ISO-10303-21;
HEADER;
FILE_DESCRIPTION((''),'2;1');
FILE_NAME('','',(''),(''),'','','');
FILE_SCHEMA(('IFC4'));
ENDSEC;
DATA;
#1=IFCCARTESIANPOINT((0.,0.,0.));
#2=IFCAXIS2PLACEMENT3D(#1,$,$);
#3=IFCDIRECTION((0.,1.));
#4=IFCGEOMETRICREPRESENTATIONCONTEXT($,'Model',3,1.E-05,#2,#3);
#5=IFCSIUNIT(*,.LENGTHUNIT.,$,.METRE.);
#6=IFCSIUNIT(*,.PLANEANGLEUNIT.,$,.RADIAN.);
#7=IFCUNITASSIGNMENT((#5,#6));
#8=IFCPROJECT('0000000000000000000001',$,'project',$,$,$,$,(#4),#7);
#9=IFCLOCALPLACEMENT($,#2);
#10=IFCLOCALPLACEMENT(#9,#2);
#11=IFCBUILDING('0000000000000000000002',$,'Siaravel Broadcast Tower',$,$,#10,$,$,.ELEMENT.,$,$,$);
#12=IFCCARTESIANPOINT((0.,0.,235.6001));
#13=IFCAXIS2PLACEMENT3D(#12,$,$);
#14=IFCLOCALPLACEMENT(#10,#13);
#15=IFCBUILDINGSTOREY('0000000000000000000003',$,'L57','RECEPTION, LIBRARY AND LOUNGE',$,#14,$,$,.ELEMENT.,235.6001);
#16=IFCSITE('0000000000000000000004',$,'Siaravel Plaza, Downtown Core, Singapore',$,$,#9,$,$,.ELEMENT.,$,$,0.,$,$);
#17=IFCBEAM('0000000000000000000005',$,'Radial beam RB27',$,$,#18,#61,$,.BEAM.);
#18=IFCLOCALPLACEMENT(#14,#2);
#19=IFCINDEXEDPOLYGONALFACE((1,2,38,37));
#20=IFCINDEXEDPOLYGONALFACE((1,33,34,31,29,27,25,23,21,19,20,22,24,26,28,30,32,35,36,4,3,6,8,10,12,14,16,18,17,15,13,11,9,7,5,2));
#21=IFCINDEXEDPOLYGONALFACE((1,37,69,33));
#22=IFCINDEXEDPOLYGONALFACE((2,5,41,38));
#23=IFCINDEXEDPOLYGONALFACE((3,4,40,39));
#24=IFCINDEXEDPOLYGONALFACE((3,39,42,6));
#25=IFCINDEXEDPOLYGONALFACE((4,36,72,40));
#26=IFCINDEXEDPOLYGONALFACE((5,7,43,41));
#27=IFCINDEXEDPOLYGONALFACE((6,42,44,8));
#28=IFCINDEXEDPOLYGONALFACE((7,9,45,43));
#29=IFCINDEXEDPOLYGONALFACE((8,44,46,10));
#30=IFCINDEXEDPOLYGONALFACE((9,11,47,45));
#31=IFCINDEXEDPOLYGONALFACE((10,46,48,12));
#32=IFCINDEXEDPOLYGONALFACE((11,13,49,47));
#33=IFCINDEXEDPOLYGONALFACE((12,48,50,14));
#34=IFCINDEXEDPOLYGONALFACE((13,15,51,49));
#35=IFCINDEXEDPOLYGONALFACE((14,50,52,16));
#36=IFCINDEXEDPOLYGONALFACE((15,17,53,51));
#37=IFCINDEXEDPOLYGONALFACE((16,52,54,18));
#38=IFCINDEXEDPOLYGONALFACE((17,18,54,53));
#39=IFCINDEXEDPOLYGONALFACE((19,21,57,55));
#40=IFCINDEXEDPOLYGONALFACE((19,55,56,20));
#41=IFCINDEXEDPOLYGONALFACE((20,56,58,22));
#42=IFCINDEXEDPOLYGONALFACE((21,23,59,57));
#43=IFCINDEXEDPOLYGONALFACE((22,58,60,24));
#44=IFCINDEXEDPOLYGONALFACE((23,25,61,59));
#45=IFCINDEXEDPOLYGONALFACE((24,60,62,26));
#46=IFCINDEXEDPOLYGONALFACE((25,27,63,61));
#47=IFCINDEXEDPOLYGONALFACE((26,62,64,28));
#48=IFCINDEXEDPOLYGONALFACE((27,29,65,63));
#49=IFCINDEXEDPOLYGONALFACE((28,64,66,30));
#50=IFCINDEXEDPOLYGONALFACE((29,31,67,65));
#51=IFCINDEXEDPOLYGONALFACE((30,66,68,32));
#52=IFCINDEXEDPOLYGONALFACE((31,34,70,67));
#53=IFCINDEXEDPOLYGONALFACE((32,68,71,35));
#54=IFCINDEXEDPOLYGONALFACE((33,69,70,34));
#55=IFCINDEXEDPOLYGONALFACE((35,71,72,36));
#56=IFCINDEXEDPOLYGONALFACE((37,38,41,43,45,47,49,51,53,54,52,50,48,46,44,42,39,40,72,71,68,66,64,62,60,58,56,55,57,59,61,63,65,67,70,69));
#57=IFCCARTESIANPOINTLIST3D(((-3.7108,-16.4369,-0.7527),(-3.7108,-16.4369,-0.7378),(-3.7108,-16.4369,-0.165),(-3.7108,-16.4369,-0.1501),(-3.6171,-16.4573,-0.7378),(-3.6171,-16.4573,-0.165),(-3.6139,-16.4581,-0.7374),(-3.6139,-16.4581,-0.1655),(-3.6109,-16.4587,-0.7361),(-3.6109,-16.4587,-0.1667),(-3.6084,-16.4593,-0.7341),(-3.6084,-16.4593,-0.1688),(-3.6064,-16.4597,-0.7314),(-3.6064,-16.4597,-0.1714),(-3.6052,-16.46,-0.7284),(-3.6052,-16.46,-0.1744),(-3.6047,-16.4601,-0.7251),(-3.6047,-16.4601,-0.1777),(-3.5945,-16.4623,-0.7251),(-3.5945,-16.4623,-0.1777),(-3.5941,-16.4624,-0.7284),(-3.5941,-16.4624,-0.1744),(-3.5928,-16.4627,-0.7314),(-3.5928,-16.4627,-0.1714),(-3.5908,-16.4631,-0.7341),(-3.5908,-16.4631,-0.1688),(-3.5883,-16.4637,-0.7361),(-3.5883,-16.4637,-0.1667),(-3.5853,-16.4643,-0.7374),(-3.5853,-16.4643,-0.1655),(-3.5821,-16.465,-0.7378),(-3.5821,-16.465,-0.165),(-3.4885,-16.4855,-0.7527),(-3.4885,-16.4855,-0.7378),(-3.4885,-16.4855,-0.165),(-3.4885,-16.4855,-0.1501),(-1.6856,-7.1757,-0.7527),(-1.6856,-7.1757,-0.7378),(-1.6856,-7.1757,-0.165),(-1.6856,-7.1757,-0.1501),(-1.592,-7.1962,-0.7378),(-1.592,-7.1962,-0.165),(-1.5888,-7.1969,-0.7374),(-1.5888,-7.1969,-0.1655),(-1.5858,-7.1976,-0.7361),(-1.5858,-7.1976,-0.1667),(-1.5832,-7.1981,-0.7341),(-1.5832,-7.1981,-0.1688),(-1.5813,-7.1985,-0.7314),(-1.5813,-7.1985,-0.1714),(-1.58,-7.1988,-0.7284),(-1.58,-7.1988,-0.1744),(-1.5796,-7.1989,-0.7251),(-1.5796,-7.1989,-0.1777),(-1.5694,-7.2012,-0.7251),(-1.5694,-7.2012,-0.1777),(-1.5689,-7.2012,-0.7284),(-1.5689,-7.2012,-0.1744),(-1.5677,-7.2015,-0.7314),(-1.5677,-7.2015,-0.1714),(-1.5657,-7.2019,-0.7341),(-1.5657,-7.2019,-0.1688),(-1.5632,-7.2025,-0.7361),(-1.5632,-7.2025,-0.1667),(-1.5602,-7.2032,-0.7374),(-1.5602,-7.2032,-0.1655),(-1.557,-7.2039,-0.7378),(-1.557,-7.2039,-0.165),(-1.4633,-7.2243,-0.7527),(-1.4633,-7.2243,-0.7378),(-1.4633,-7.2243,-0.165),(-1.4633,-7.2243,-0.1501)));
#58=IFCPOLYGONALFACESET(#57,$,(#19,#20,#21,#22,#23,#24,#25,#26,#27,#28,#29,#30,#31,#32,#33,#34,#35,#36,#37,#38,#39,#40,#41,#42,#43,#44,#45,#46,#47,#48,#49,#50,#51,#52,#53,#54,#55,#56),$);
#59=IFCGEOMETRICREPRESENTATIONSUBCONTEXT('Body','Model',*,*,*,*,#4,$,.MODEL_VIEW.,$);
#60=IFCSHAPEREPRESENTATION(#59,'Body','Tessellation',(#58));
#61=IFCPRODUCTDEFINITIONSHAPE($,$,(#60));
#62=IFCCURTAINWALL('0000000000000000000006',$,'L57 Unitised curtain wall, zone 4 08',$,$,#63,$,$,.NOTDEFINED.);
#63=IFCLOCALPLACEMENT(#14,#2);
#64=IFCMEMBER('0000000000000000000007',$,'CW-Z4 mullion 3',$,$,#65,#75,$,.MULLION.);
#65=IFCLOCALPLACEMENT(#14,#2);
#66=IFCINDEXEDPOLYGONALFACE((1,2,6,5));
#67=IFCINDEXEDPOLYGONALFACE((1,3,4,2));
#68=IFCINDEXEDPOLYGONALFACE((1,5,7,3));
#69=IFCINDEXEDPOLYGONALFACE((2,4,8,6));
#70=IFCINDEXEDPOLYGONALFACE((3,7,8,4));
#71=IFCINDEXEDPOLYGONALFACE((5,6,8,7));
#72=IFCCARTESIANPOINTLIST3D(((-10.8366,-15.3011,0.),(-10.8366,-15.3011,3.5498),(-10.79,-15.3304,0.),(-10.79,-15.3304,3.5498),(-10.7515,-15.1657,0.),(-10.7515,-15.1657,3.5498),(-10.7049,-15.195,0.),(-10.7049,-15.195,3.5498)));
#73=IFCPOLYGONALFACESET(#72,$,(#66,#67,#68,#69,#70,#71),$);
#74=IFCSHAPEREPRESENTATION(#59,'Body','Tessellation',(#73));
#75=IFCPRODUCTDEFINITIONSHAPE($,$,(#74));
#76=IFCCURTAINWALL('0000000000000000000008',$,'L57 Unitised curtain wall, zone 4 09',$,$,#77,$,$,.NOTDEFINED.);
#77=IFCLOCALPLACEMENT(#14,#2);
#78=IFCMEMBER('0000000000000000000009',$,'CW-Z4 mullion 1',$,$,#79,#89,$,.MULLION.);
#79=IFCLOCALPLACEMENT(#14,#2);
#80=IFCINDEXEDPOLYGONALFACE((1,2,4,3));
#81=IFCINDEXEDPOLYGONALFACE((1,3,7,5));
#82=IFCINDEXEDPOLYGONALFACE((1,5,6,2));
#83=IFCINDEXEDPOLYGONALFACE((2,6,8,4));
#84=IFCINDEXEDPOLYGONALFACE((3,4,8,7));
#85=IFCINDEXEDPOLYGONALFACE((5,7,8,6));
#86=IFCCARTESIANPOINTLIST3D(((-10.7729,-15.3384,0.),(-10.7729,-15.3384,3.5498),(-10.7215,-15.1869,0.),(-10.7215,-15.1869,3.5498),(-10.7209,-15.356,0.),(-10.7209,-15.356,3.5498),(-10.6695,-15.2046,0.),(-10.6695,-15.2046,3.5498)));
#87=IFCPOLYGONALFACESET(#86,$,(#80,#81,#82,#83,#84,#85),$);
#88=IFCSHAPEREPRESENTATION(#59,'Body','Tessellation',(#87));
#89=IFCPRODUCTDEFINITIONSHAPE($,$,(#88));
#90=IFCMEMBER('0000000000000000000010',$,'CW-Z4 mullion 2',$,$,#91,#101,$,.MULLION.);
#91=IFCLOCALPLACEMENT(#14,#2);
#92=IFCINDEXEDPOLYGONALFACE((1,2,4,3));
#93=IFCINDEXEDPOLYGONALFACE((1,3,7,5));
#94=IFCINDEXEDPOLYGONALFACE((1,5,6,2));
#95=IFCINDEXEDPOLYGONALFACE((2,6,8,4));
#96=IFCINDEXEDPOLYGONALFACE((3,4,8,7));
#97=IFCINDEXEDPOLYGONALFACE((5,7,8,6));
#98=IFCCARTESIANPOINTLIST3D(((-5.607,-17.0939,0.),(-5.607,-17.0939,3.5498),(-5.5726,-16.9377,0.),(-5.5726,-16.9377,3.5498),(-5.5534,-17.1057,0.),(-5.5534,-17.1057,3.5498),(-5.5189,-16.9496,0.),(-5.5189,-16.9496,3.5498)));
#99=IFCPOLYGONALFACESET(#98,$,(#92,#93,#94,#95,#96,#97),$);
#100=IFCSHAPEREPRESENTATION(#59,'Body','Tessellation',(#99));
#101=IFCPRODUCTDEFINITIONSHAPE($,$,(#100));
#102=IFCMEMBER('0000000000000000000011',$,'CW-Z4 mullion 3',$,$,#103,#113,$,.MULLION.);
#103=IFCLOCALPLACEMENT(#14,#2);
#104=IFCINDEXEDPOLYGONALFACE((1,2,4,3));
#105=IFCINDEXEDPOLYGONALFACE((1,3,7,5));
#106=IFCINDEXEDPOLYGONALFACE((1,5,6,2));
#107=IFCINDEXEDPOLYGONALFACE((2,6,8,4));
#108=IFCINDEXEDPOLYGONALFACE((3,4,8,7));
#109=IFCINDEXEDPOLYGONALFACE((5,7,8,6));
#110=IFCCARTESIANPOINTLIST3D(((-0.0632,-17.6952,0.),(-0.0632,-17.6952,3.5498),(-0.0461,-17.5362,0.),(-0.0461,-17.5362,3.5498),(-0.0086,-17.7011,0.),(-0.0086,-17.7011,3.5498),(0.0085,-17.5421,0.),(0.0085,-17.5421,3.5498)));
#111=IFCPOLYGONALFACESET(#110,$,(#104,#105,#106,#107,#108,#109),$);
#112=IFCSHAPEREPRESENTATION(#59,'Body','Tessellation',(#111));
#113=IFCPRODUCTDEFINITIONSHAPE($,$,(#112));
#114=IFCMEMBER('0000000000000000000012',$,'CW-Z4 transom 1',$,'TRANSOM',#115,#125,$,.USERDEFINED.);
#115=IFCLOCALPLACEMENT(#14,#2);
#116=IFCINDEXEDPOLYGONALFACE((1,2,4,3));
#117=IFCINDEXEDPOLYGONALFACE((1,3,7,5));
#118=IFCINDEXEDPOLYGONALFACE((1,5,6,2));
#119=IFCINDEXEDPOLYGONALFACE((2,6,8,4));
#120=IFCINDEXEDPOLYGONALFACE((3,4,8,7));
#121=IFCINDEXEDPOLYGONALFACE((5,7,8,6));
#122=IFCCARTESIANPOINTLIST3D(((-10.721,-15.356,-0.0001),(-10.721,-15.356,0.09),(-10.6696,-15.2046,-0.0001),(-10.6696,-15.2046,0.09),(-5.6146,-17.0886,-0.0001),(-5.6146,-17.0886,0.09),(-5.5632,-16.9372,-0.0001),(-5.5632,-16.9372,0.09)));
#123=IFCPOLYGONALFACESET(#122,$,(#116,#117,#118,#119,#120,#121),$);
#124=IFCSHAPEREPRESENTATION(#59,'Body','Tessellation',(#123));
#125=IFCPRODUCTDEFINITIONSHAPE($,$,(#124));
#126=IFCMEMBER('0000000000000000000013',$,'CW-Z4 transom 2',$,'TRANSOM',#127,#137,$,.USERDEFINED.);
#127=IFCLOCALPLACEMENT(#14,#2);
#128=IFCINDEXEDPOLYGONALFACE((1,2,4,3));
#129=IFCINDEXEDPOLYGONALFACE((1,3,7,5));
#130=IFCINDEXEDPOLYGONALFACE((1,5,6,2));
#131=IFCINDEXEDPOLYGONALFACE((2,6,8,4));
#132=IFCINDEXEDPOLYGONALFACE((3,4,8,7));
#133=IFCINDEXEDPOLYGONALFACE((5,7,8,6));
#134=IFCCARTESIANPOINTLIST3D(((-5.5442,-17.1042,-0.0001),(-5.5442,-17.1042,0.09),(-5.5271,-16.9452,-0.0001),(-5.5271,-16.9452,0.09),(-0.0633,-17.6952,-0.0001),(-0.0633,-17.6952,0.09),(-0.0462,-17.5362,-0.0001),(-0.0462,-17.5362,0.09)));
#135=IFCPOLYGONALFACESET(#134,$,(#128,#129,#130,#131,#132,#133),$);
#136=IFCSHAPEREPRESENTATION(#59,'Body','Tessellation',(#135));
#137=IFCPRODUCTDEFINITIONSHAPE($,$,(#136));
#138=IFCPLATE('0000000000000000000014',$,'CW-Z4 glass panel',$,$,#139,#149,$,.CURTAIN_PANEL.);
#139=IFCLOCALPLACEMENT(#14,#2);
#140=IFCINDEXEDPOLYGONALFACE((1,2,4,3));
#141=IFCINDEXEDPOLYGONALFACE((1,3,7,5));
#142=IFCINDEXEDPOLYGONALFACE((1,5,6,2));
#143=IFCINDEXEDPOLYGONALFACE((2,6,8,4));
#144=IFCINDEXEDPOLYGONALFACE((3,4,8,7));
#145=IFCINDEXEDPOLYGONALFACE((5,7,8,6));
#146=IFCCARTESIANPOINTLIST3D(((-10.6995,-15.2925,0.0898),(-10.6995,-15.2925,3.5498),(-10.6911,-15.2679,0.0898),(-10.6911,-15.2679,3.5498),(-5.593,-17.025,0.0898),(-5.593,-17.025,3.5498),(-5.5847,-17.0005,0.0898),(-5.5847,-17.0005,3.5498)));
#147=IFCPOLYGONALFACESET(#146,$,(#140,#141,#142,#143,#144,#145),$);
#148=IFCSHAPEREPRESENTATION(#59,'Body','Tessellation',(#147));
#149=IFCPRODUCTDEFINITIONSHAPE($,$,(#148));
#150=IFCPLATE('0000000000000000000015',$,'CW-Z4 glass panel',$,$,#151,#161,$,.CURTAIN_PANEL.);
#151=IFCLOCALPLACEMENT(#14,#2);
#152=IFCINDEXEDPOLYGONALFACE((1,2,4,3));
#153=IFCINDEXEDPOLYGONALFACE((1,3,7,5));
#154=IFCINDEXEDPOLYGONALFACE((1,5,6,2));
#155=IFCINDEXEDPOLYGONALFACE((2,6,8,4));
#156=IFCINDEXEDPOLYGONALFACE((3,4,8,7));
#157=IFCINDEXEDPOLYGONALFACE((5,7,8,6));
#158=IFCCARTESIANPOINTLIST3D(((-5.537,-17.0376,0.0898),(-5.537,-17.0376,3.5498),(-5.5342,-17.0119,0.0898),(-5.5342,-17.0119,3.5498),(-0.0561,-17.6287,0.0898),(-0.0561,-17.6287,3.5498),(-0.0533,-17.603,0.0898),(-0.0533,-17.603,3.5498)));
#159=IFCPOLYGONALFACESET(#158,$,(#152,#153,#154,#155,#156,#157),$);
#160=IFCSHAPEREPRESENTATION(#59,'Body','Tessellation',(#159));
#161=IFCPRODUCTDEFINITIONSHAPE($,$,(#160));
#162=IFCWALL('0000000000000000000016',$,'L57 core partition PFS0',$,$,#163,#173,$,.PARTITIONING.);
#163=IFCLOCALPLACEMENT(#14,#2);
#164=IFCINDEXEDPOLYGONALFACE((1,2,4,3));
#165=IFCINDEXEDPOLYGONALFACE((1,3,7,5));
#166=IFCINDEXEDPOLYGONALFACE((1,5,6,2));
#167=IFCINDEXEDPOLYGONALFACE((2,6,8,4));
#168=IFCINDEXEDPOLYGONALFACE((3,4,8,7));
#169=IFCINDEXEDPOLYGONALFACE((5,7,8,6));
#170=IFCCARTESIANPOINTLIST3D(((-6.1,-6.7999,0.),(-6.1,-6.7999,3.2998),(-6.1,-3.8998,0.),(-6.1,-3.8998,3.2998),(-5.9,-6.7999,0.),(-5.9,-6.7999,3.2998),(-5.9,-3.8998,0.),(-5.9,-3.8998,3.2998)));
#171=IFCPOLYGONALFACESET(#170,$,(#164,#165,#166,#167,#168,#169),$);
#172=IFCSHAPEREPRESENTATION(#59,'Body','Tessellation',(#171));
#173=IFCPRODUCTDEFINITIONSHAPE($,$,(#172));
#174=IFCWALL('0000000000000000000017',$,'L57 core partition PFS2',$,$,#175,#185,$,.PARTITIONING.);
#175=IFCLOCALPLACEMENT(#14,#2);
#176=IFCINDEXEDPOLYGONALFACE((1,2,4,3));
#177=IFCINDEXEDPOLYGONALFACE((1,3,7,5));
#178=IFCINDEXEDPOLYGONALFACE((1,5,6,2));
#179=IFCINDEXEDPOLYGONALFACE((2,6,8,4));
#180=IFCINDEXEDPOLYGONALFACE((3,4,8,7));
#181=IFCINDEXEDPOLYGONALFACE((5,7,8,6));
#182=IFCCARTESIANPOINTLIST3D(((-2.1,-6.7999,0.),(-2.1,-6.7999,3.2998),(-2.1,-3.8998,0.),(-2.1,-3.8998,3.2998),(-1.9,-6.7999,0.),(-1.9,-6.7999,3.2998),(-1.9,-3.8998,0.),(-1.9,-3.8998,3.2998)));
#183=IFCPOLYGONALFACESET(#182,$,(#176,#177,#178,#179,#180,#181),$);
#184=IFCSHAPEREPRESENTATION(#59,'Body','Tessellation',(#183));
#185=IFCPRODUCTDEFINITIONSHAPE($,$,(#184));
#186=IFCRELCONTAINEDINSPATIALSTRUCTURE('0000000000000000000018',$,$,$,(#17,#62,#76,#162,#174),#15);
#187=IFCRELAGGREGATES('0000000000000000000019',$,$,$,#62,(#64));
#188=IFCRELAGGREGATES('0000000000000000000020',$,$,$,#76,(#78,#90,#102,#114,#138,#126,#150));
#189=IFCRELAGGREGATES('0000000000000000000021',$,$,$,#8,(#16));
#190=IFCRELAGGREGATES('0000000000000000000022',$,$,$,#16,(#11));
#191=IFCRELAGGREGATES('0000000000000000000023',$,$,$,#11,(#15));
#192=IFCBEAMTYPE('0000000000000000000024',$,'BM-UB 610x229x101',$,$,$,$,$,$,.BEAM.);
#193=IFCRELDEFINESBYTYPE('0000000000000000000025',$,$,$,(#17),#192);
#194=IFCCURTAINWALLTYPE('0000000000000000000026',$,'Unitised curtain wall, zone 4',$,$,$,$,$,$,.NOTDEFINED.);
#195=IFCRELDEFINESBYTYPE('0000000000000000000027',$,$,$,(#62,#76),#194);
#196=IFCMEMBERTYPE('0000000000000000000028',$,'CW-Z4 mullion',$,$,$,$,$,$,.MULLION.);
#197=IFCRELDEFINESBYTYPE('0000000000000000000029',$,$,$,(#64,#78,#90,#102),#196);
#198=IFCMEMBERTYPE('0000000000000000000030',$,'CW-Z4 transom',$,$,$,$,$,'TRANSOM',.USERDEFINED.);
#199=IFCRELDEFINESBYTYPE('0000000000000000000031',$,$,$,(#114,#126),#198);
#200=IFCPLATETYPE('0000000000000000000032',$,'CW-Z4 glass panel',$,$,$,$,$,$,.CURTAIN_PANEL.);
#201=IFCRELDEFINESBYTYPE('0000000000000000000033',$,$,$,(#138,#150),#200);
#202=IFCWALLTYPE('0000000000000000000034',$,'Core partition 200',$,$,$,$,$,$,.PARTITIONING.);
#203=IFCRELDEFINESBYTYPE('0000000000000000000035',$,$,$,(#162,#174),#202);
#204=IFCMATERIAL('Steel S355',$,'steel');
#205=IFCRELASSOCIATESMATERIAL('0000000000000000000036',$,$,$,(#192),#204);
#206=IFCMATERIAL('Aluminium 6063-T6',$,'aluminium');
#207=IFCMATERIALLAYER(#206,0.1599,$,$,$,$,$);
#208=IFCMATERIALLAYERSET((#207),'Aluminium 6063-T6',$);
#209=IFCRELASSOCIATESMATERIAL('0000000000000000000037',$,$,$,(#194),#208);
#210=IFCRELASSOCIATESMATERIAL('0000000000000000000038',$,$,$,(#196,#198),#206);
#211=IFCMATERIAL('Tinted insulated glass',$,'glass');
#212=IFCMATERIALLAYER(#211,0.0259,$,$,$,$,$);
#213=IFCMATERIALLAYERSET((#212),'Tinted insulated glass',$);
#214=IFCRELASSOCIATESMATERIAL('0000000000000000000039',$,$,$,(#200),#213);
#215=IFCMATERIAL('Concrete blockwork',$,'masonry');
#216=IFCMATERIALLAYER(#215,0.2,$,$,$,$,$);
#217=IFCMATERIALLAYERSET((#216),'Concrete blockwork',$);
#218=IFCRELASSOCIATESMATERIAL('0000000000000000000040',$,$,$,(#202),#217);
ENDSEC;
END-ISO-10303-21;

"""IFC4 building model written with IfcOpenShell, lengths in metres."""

from ifc_helpers import new_model, si_unit, direction, frame, frame_2d, origin, origin_2d, place, context, subcontext, project, spatial, rectangle, i_section, extrude, material, layer, layer_set, material_profile, profile_set, type_object, element, aggregate, save


model = new_model("IFC4")

# Units and contexts
model_context = context("Model", 3, precision=1e-05, world=origin(), true_north=direction((0.0, 1.0)))
body_context = subcontext(model_context, "Body", "Model", "MODEL_VIEW")
ifc_project = project(units=[si_unit("LENGTHUNIT", "METRE"), si_unit("PLANEANGLEUNIT", "RADIAN")], contexts=[model_context])

# Site, building, storey
site_placement = place(None, origin())
site = spatial("IfcSite", under=ifc_project, at=site_placement, Name="Siaravel Plaza, Downtown Core, Singapore", CompositionType="ELEMENT", RefElevation=0.0)
building_placement = place(site_placement, origin())
building = spatial("IfcBuilding", under=site, at=building_placement, Name="Siaravel Broadcast Tower", CompositionType="ELEMENT")
storey_placement = place(building_placement, frame((0.0, 0.0, 235.6001)))
storey = spatial("IfcBuildingStorey", under=building, at=storey_placement, Name="L57", Description="RECEPTION, LIBRARY AND LOUNGE", CompositionType="ELEMENT", Elevation=235.6001)

# Beam
ifc_material_1 = material(Name="Steel S355", Category="steel")
ifc_material_profile_1 = material_profile(ifc_material_1, i_section(OverallWidth=0.2275, OverallDepth=0.6025, WebThickness=0.0105, FlangeThickness=0.0149, FilletRadius=0.0127, at=origin_2d()))
ifc_profile_set_1 = profile_set([ifc_material_profile_1], Name="Steel S355")
beam_type = type_object("IfcBeamType", Name="BM-UB 610x229x101", PredefinedType="BEAM", material=ifc_profile_set_1)
beam_1_placement = place(storey_placement, frame((-3.5996, -16.4612, -0.4514), z_axis=(0.213622, 0.976916, 0.0), x_axis=(-0.976916, 0.213622, 0.0)))
element("IfcBeam", 1, at=beam_1_placement, inside=storey, type_object=beam_type, Name="Radial beam RB27", PredefinedType="BEAM", context=body_context, shape_type="SweptSolid", body=[
    extrude(i_section(OverallWidth=0.2275, OverallDepth=0.6025, WebThickness=0.0105, FlangeThickness=0.0149, FilletRadius=0.0127, at=origin_2d()), origin(), (0.0, 0.0, 1.0), 9.48),
])

# Curtain wall, member
ifc_material_2 = material(Name="Aluminium 6063-T6", Category="aluminium")
ifc_layer_1 = layer(ifc_material_2, 0.1599)
ifc_layer_set_1 = layer_set([ifc_layer_1], Name="Aluminium 6063-T6")
curtain_wall_type = type_object("IfcCurtainWallType", Name="Unitised curtain wall, zone 4", PredefinedType="NOTDEFINED", material=ifc_layer_set_1)
curtain_wall_1_placement = place(storey_placement, origin())
curtain_wall_1 = element("IfcCurtainWall", 2, at=curtain_wall_1_placement, inside=storey, type_object=curtain_wall_type, Name="L57 Unitised curtain wall, zone 4 08", PredefinedType="NOTDEFINED")
ifc_material_profile_2 = material_profile(ifc_material_2, rectangle(XDim=0.1599, YDim=0.0549, at=origin_2d()))
ifc_profile_set_2 = profile_set([ifc_material_profile_2], Name="Aluminium 6063-T6")
member_type_1 = type_object("IfcMemberType", Name="CW-Z4 mullion", PredefinedType="MULLION", material=ifc_profile_set_2)
member_1_placement = place(storey_placement, frame((-10.7708, -15.248, 0.0), z_axis=(0.0, 0.0, 1.0), x_axis=(0.53215, 0.84665, 0.0)))
member_1 = element("IfcMember", 3, at=member_1_placement, type_object=member_type_1, Name="CW-Z4 mullion 3", PredefinedType="MULLION", context=body_context, shape_type="SweptSolid", body=[
    extrude(rectangle(XDim=0.1599, YDim=0.0549, at=origin_2d()), origin(), (0.0, 0.0, 1.0), 3.5498),
])
aggregate(curtain_wall_1, [member_1])

# Curtain wall, members, plates
curtain_wall_2_placement = place(storey_placement, origin())
curtain_wall_2 = element("IfcCurtainWall", 4, at=curtain_wall_2_placement, inside=storey, type_object=curtain_wall_type, Name="L57 Unitised curtain wall, zone 4 09", PredefinedType="NOTDEFINED")
member_2_placement = place(storey_placement, frame((-10.7212, -15.2715, 0.0), z_axis=(0.0, 0.0, 1.0), x_axis=(0.321301, 0.946977, 0.0)))
member_2 = element("IfcMember", 5, at=member_2_placement, type_object=member_type_1, Name="CW-Z4 mullion 1", PredefinedType="MULLION", context=body_context, shape_type="SweptSolid", body=[
    extrude(rectangle(XDim=0.1599, YDim=0.0549, at=origin_2d()), origin(), (0.0, 0.0, 1.0), 3.5498),
])
member_3_placement = place(storey_placement, frame((-5.563, -17.0217, 0.0), z_axis=(0.0, 0.0, 1.0), x_axis=(0.215559, 0.976491, 0.0)))
member_3 = element("IfcMember", 6, at=member_3_placement, type_object=member_type_1, Name="CW-Z4 mullion 2", PredefinedType="MULLION", context=body_context, shape_type="SweptSolid", body=[
    extrude(rectangle(XDim=0.1599, YDim=0.0549, at=origin_2d()), origin(), (0.0, 0.0, 1.0), 3.5498),
])
member_4_placement = place(storey_placement, frame((-0.0273, -17.6187, 0.0), z_axis=(0.0, 0.0, 1.0), x_axis=(0.107218, 0.994236, 0.0)))
member_4 = element("IfcMember", 7, at=member_4_placement, type_object=member_type_1, Name="CW-Z4 mullion 3", PredefinedType="MULLION", context=body_context, shape_type="SweptSolid", body=[
    extrude(rectangle(XDim=0.1599, YDim=0.0549, at=origin_2d()), origin(), (0.0, 0.0, 1.0), 3.5498),
])
ifc_material_profile_3 = material_profile(ifc_material_2, rectangle(XDim=0.1599, YDim=0.0901, at=origin_2d()))
ifc_profile_set_3 = profile_set([ifc_material_profile_3], Name="Aluminium 6063-T6")
member_type_2 = type_object("IfcMemberType", Name="CW-Z4 transom", ElementType="TRANSOM", PredefinedType="USERDEFINED", material=ifc_profile_set_3)
member_5_placement = place(storey_placement, frame((-10.6953, -15.2803, 0.0449), z_axis=(0.946972, -0.321317, 0.0), x_axis=(0.321317, 0.946972, 0.0)))
member_5 = element("IfcMember", 8, at=member_5_placement, type_object=member_type_2, Name="CW-Z4 transom 1", ObjectType="TRANSOM", PredefinedType="USERDEFINED", context=body_context, shape_type="SweptSolid", body=[
    extrude(rectangle(XDim=0.1599, YDim=0.0901, at=origin_2d()), origin(), (0.0, 0.0, 1.0), 5.3923),
])
member_6_placement = place(storey_placement, frame((-5.5356, -17.0247, 0.0449), z_axis=(0.994236, -0.107218, 0.0), x_axis=(0.107218, 0.994236, 0.0)))
member_6 = element("IfcMember", 9, at=member_6_placement, type_object=member_type_2, Name="CW-Z4 transom 2", ObjectType="TRANSOM", PredefinedType="USERDEFINED", context=body_context, shape_type="SweptSolid", body=[
    extrude(rectangle(XDim=0.1599, YDim=0.0901, at=origin_2d()), origin(), (0.0, 0.0, 1.0), 5.5127),
])
ifc_material_3 = material(Name="Tinted insulated glass", Category="glass")
ifc_layer_2 = layer(ifc_material_3, 0.0259)
ifc_layer_set_2 = layer_set([ifc_layer_2], Name="Tinted insulated glass")
plate_type = type_object("IfcPlateType", Name="CW-Z4 glass panel", PredefinedType="CURTAIN_PANEL", material=ifc_layer_set_2)
plate_1_placement = place(storey_placement, frame((-8.1421, -16.1465, 0.0898), z_axis=(0.0, 0.0, 1.0), x_axis=(0.946977, -0.321301, 0.0)))
plate_1 = element("IfcPlate", 10, at=plate_1_placement, type_object=plate_type, Name="CW-Z4 glass panel", PredefinedType="CURTAIN_PANEL", context=body_context, shape_type="SweptSolid", body=[
    extrude(rectangle(XDim=5.3923, YDim=0.0259, at=origin_2d()), origin(), (0.0, 0.0, 1.0), 3.46),
])
plate_2_placement = place(storey_placement, frame((-2.7952, -17.3203, 0.0898), z_axis=(0.0, 0.0, 1.0), x_axis=(0.994236, -0.107218, 0.0)))
plate_2 = element("IfcPlate", 11, at=plate_2_placement, type_object=plate_type, Name="CW-Z4 glass panel", PredefinedType="CURTAIN_PANEL", context=body_context, shape_type="SweptSolid", body=[
    extrude(rectangle(XDim=5.5127, YDim=0.0259, at=origin_2d()), origin(), (0.0, 0.0, 1.0), 3.46),
])
aggregate(curtain_wall_2, [member_2, member_3, member_4, member_5, plate_1, member_6, plate_2])

# Walls
ifc_material_4 = material(Name="Concrete blockwork", Category="masonry")
ifc_layer_3 = layer(ifc_material_4, 0.2)
ifc_layer_set_3 = layer_set([ifc_layer_3], Name="Concrete blockwork")
wall_type_1 = type_object("IfcWallType", Name="Core partition 200", PredefinedType="PARTITIONING", material=ifc_layer_set_3)
for number, where, z_axis, x_axis, name in (
    (12, (-6.0, -6.8, 0.0), (0.0, 0.0, 1.0), (0.0, 1.0, 0.0), "L57 core partition PFS0"),
    (13, (-2.0, -6.8, 0.0), (0.0, 0.0, 1.0), (0.0, 1.0, 0.0), "L57 core partition PFS2"),
):
    element("IfcWall", number, at=place(storey_placement, frame(where, z_axis=z_axis, x_axis=x_axis)), inside=storey, type_object=wall_type_1, Name=name, PredefinedType="PARTITIONING", context=body_context, shape_type="SweptSolid", body=[
        extrude(rectangle(XDim=2.9001, YDim=0.2, at=frame_2d((1.4502, 0.0))), origin(), (0.0, 0.0, 1.0), 3.2998),
    ])

save(model, "model.ifc")
